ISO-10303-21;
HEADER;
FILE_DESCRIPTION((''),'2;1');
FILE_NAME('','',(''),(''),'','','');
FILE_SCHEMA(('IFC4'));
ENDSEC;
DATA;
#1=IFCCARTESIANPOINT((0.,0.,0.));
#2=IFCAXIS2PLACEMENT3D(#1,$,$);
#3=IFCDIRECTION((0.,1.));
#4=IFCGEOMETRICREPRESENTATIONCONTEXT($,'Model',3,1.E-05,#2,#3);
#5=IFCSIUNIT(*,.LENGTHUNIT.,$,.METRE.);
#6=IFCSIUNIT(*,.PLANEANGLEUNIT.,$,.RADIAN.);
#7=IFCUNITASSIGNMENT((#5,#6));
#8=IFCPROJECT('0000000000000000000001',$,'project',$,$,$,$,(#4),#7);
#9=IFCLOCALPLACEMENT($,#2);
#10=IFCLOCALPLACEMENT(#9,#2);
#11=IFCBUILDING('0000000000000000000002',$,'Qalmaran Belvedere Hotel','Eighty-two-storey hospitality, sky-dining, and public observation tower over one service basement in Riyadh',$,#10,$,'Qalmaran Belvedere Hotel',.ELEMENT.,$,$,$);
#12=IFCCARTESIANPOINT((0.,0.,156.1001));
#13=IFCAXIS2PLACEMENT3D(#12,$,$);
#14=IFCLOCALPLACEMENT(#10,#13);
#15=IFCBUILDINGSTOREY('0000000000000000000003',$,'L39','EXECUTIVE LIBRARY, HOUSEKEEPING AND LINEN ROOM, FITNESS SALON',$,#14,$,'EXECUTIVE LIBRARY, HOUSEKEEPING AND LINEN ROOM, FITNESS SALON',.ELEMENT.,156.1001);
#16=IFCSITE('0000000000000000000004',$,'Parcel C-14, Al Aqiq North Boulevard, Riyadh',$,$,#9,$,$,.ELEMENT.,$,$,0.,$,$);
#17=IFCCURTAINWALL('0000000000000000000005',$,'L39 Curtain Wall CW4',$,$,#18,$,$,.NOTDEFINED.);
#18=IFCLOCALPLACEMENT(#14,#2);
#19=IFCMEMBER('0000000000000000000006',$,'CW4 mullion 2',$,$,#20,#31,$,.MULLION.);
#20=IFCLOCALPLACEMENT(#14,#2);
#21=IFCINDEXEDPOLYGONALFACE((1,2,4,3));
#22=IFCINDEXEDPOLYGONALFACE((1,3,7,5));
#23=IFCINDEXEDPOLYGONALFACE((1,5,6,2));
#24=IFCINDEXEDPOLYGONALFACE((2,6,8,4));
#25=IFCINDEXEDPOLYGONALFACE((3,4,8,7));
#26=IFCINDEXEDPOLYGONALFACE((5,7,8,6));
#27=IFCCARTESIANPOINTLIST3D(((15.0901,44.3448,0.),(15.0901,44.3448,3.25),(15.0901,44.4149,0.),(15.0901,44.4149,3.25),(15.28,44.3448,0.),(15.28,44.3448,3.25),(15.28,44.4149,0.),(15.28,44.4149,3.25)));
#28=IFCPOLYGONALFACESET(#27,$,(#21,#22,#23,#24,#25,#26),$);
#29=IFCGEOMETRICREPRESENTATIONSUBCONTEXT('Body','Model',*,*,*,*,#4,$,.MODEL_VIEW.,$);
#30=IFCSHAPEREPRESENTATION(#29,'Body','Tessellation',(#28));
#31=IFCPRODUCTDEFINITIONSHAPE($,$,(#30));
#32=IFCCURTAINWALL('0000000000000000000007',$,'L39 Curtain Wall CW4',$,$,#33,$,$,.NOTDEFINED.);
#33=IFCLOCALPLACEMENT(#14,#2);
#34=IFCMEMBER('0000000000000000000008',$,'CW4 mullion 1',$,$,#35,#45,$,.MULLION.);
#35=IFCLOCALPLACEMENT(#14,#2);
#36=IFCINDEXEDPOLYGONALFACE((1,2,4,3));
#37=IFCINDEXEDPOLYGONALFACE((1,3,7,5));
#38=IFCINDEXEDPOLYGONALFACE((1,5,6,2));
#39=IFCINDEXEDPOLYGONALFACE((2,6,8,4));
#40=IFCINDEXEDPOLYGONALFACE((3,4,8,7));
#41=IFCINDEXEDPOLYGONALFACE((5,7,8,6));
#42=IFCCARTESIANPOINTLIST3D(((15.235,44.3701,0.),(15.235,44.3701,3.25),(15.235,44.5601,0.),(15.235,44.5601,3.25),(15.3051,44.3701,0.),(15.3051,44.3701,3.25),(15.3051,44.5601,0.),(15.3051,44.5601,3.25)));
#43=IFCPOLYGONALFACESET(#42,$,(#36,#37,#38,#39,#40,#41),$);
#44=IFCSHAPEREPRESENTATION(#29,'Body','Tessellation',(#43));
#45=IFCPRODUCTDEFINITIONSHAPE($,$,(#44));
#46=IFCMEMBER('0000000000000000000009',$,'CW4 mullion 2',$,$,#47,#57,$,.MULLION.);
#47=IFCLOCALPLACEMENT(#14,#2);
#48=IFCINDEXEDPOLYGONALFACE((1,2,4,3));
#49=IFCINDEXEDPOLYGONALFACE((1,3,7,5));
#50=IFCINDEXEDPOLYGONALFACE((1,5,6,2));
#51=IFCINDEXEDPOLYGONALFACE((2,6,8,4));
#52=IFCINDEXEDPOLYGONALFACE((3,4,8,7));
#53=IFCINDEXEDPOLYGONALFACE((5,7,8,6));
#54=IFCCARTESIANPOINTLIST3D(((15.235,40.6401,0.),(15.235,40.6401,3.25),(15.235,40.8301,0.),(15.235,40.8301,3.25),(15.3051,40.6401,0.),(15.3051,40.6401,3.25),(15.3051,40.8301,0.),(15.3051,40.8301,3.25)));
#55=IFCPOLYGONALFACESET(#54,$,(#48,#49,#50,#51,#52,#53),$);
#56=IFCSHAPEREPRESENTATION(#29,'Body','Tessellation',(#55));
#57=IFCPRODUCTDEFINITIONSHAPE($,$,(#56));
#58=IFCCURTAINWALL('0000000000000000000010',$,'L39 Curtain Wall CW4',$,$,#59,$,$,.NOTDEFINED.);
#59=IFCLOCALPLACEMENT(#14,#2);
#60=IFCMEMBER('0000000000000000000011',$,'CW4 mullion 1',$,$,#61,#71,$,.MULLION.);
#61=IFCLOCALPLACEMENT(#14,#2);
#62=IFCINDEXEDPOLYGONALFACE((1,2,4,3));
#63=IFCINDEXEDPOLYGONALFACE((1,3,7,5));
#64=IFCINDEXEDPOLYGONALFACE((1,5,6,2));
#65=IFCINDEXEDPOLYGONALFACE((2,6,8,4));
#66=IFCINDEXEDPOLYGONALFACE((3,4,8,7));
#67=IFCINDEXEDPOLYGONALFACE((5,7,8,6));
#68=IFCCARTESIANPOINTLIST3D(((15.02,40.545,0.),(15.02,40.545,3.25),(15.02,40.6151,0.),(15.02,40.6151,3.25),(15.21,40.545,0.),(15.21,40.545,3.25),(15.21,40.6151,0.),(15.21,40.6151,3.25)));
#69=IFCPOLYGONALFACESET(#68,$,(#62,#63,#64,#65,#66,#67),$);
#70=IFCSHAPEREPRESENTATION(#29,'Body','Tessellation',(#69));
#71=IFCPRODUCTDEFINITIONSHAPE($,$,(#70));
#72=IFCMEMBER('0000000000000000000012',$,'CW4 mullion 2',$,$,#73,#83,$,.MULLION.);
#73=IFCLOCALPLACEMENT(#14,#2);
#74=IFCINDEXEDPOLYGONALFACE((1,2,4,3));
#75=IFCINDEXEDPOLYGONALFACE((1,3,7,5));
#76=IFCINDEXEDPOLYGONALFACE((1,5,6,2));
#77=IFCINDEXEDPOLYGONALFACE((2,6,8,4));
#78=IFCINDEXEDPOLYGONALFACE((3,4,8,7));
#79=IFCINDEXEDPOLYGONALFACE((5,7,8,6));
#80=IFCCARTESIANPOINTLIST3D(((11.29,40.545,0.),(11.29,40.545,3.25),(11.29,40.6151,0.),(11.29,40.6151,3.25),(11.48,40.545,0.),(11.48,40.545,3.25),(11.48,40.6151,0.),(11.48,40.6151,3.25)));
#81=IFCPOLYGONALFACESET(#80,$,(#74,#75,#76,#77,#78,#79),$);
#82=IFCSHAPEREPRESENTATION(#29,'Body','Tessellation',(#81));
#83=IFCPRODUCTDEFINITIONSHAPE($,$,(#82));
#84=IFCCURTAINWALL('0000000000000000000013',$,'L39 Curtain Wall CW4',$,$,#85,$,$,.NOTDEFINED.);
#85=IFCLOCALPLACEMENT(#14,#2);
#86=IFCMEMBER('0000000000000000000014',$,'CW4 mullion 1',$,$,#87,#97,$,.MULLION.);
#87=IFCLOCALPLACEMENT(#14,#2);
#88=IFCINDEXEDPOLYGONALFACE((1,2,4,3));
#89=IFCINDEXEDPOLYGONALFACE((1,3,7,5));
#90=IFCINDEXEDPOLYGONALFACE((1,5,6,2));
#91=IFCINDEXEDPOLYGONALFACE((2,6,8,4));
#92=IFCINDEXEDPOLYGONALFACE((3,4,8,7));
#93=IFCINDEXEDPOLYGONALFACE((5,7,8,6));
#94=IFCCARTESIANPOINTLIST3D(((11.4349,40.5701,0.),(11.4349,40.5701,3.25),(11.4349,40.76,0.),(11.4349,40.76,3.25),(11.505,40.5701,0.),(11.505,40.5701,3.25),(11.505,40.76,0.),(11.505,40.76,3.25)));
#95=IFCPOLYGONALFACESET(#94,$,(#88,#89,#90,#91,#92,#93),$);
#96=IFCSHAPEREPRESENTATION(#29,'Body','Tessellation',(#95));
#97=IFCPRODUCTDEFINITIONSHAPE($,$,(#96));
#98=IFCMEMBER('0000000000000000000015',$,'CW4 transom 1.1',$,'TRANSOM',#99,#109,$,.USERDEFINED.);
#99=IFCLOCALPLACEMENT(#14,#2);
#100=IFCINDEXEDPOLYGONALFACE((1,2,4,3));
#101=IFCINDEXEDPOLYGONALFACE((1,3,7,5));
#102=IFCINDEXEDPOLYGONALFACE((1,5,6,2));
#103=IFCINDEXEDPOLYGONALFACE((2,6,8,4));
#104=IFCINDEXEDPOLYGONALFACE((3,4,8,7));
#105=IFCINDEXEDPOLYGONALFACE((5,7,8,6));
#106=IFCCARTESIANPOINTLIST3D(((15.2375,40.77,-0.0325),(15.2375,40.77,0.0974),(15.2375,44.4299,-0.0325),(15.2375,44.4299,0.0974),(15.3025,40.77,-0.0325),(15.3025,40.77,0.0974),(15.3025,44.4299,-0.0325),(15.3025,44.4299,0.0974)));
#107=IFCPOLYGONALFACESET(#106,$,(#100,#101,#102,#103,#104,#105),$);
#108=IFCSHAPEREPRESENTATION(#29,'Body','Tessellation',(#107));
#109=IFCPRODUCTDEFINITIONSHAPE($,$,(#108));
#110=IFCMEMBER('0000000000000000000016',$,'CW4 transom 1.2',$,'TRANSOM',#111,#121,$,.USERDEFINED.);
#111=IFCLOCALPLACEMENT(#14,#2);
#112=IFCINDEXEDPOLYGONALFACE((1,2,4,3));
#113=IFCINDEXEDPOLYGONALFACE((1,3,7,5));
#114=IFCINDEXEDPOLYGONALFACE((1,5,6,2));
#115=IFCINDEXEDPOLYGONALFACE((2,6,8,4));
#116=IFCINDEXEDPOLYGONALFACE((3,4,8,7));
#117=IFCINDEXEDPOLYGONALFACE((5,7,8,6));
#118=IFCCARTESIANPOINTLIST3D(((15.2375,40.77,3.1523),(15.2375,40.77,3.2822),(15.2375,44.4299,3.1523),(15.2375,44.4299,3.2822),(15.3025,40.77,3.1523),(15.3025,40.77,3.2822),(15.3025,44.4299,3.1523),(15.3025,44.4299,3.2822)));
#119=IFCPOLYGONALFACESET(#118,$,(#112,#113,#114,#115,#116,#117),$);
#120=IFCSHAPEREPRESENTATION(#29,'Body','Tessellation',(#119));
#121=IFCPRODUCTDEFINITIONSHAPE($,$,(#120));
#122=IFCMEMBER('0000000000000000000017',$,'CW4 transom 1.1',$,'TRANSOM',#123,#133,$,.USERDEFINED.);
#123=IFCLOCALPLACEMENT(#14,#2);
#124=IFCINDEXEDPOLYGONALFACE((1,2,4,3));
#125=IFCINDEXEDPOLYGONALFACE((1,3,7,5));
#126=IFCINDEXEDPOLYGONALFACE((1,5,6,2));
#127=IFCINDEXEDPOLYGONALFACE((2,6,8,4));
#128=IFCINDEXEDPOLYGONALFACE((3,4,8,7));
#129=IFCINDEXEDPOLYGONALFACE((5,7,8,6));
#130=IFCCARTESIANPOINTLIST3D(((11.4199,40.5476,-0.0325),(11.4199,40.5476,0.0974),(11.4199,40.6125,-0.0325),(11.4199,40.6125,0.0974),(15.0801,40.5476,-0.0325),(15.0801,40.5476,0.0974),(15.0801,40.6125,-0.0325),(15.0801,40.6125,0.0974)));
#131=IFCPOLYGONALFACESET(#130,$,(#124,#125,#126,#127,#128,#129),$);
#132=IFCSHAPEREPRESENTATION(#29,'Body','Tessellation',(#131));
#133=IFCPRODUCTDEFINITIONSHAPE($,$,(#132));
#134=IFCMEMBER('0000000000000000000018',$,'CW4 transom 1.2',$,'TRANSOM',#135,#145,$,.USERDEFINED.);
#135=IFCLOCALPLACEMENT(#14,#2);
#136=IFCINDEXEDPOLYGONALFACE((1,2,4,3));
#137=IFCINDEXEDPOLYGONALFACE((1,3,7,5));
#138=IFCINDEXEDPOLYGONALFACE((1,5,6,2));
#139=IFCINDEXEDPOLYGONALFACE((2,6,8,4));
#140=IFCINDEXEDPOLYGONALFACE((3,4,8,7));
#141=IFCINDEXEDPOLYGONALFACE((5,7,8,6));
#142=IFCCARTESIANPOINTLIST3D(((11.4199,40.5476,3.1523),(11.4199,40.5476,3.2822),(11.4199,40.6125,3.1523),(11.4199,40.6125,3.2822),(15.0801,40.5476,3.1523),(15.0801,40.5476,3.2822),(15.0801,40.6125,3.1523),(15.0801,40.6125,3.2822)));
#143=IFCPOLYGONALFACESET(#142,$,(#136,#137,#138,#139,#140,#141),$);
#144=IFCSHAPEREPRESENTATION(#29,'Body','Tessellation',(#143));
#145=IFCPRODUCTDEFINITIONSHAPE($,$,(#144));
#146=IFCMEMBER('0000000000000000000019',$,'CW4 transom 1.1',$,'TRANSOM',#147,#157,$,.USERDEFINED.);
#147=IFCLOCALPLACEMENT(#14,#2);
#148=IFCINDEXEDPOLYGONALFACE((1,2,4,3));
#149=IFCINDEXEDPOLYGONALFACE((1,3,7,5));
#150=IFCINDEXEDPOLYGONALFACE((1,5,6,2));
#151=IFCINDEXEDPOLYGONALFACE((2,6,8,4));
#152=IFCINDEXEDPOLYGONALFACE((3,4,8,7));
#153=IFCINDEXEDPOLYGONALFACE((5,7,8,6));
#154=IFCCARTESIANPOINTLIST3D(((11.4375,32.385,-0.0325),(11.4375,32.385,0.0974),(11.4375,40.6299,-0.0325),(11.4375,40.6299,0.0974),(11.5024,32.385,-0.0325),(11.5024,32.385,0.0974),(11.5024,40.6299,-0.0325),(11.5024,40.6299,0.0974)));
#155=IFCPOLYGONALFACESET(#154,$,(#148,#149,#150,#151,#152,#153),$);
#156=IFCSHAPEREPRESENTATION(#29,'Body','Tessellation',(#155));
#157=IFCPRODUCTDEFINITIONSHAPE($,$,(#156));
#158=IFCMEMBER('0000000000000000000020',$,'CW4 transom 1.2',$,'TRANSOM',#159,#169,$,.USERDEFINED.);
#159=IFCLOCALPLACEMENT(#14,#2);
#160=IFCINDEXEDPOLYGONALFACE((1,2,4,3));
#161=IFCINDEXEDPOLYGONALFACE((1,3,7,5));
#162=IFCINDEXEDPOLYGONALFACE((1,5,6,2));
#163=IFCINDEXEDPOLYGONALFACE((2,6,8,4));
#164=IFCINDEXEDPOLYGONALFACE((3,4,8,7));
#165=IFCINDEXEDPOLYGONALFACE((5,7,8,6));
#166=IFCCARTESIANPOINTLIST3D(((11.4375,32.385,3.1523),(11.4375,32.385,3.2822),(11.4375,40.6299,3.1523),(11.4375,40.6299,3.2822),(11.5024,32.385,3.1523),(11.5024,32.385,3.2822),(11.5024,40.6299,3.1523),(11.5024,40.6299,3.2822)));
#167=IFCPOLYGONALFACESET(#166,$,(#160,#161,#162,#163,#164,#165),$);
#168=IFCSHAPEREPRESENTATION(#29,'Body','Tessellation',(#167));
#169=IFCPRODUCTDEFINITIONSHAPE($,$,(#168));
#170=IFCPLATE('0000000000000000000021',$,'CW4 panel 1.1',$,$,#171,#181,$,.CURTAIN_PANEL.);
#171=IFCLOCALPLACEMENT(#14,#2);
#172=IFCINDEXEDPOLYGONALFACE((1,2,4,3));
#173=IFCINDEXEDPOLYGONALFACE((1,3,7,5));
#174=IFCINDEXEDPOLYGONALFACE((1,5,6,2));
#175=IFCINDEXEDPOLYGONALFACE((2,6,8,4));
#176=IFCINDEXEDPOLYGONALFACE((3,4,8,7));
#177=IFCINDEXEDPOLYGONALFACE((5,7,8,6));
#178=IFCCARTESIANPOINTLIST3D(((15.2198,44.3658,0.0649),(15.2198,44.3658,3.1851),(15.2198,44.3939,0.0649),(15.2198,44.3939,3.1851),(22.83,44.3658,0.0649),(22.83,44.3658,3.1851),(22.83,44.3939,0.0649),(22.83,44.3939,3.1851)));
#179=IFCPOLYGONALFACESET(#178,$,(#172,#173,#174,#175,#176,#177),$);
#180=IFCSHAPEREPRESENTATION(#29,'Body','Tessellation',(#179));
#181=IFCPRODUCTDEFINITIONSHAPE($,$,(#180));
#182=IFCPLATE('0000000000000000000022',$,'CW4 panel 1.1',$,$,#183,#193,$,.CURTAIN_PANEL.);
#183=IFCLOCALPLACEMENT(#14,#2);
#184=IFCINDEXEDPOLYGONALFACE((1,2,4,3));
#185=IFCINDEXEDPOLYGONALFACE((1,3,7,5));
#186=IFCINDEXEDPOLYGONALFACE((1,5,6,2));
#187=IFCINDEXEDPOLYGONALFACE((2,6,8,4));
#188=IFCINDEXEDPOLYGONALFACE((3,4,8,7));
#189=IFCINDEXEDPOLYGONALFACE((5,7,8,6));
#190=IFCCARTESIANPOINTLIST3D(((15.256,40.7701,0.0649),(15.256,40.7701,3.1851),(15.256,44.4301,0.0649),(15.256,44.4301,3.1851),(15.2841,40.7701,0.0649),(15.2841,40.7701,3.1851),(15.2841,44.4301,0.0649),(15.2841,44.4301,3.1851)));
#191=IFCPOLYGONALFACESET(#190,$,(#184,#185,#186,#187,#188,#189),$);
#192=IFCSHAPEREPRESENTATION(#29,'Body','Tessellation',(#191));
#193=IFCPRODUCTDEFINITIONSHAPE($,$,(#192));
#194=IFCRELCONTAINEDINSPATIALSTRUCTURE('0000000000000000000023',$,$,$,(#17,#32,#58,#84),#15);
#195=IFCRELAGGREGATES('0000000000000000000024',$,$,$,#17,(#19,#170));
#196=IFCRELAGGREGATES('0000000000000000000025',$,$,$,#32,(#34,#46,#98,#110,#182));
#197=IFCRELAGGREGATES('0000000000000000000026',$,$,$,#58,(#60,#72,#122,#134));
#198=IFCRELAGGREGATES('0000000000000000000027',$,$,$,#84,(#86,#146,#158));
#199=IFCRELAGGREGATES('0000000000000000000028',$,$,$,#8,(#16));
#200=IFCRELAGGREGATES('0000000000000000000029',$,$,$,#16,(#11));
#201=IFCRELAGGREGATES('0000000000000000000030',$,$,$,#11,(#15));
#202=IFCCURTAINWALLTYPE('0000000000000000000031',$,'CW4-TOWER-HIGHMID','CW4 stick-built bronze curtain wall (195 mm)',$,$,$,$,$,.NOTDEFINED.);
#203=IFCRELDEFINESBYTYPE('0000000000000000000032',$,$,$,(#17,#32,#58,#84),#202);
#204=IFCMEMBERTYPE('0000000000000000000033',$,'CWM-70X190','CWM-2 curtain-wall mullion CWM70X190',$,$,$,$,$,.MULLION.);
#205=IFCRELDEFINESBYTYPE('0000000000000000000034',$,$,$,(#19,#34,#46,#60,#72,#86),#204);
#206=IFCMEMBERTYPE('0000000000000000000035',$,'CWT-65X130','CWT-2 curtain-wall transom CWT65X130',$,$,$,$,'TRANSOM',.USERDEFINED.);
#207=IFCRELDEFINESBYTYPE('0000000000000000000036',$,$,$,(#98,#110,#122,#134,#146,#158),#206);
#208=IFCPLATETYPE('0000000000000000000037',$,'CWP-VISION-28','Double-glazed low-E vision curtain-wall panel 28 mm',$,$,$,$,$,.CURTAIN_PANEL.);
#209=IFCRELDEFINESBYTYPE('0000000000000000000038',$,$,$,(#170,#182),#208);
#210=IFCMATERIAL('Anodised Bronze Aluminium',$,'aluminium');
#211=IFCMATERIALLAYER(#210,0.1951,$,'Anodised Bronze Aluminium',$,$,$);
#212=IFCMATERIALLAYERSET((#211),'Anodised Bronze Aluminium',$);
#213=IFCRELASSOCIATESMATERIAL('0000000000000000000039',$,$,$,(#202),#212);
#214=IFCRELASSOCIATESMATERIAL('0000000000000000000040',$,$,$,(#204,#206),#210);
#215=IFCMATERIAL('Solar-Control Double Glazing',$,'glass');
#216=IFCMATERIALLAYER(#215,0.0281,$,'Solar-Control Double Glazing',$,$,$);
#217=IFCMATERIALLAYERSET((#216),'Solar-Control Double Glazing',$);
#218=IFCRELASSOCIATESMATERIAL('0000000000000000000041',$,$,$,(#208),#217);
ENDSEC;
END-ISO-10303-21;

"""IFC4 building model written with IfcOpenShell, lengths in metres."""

from ifc_helpers import new_model, si_unit, direction, frame, origin, origin_2d, place, context, subcontext, project, spatial, rectangle, extrude, material, layer, layer_set, material_profile, profile_set, type_object, element, aggregate, save


model = new_model("IFC4")

# Units and contexts
model_context = context("Model", 3, precision=1e-05, world=origin(), true_north=direction((0.0, 1.0)))
body_context = subcontext(model_context, "Body", "Model", "MODEL_VIEW")
ifc_project = project(units=[si_unit("LENGTHUNIT", "METRE"), si_unit("PLANEANGLEUNIT", "RADIAN")], contexts=[model_context])

# Site, building, storey
site_placement = place(None, origin())
site = spatial("IfcSite", under=ifc_project, at=site_placement, Name="Parcel C-14, Al Aqiq North Boulevard, Riyadh", CompositionType="ELEMENT", RefElevation=0.0)
building_placement = place(site_placement, origin())
building = spatial("IfcBuilding", under=site, at=building_placement, Name="Qalmaran Belvedere Hotel", Description="Eighty-two-storey hospitality, sky-dining, and public observation tower over one service basement in Riyadh", LongName="Qalmaran Belvedere Hotel", CompositionType="ELEMENT")
storey_placement = place(building_placement, frame((0.0, 0.0, 156.1001)))
storey = spatial("IfcBuildingStorey", under=building, at=storey_placement, Name="L39", Description="EXECUTIVE LIBRARY, HOUSEKEEPING AND LINEN ROOM, FITNESS SALON", LongName="EXECUTIVE LIBRARY, HOUSEKEEPING AND LINEN ROOM, FITNESS SALON", CompositionType="ELEMENT", Elevation=156.1001)

# Curtain wall, member
ifc_material_1 = material(Name="Anodised Bronze Aluminium", Category="aluminium")
ifc_layer_1 = layer(ifc_material_1, 0.1951, Name="Anodised Bronze Aluminium")
ifc_layer_set_1 = layer_set([ifc_layer_1], Name="Anodised Bronze Aluminium")
curtain_wall_type = type_object("IfcCurtainWallType", Name="CW4-TOWER-HIGHMID", Description="CW4 stick-built bronze curtain wall (195 mm)", PredefinedType="NOTDEFINED", material=ifc_layer_set_1)
curtain_wall_1_placement = place(storey_placement, origin())
curtain_wall_1 = element("IfcCurtainWall", 1, at=curtain_wall_1_placement, inside=storey, type_object=curtain_wall_type, Name="L39 Curtain Wall CW4", PredefinedType="NOTDEFINED")
ifc_material_profile_1 = material_profile(ifc_material_1, rectangle(XDim=0.0701, YDim=0.1899, at=origin_2d()), Name="CWM70X190")
ifc_profile_set_1 = profile_set([ifc_material_profile_1], Name="Anodised Bronze Aluminium")
member_type_1 = type_object("IfcMemberType", Name="CWM-70X190", Description="CWM-2 curtain-wall mullion CWM70X190", PredefinedType="MULLION", material=ifc_profile_set_1)
member_1_placement = place(storey_placement, frame((15.1851, 44.3799, 0.0), z_axis=(0.0, 0.0, 1.0), x_axis=(0.0, -1.0, 0.0)))
member_1 = element("IfcMember", 2, at=member_1_placement, type_object=member_type_1, Name="CW4 mullion 2", PredefinedType="MULLION", context=body_context, shape_type="SweptSolid", body=[
    extrude(rectangle(XDim=0.0701, YDim=0.1899, at=origin_2d()), origin(), (0.0, 0.0, 1.0), 3.25),
])

# Curtain walls, members
curtain_wall_2_placement = place(storey_placement, origin())
curtain_wall_2 = element("IfcCurtainWall", 3, at=curtain_wall_2_placement, inside=storey, type_object=curtain_wall_type, Name="L39 Curtain Wall CW4", PredefinedType="NOTDEFINED")
member_2_placement = place(storey_placement, frame((15.27, 44.4651, 0.0), z_axis=(0.0, 0.0, 1.0), x_axis=(1.0, 0.0, 0.0)))
member_2 = element("IfcMember", 4, at=member_2_placement, type_object=member_type_1, Name="CW4 mullion 1", PredefinedType="MULLION", context=body_context, shape_type="SweptSolid", body=[
    extrude(rectangle(XDim=0.0701, YDim=0.1899, at=origin_2d()), origin(), (0.0, 0.0, 1.0), 3.25),
])
member_3_placement = place(storey_placement, frame((15.27, 40.7351, 0.0), z_axis=(0.0, 0.0, 1.0), x_axis=(1.0, 0.0, 0.0)))
member_3 = element("IfcMember", 5, at=member_3_placement, type_object=member_type_1, Name="CW4 mullion 2", PredefinedType="MULLION", context=body_context, shape_type="SweptSolid", body=[
    extrude(rectangle(XDim=0.0701, YDim=0.1899, at=origin_2d()), origin(), (0.0, 0.0, 1.0), 3.25),
])
curtain_wall_3_placement = place(storey_placement, origin())
curtain_wall_3 = element("IfcCurtainWall", 6, at=curtain_wall_3_placement, inside=storey, type_object=curtain_wall_type, Name="L39 Curtain Wall CW4", PredefinedType="NOTDEFINED")
member_4_placement = place(storey_placement, frame((15.115, 40.5801, 0.0), z_axis=(0.0, 0.0, 1.0), x_axis=(0.0, -1.0, 0.0)))
member_4 = element("IfcMember", 7, at=member_4_placement, type_object=member_type_1, Name="CW4 mullion 1", PredefinedType="MULLION", context=body_context, shape_type="SweptSolid", body=[
    extrude(rectangle(XDim=0.0701, YDim=0.1899, at=origin_2d()), origin(), (0.0, 0.0, 1.0), 3.25),
])
member_5_placement = place(storey_placement, frame((11.385, 40.5801, 0.0), z_axis=(0.0, 0.0, 1.0), x_axis=(0.0, -1.0, 0.0)))
member_5 = element("IfcMember", 8, at=member_5_placement, type_object=member_type_1, Name="CW4 mullion 2", PredefinedType="MULLION", context=body_context, shape_type="SweptSolid", body=[
    extrude(rectangle(XDim=0.0701, YDim=0.1899, at=origin_2d()), origin(), (0.0, 0.0, 1.0), 3.25),
])

# Curtain wall, member
curtain_wall_4_placement = place(storey_placement, origin())
curtain_wall_4 = element("IfcCurtainWall", 9, at=curtain_wall_4_placement, inside=storey, type_object=curtain_wall_type, Name="L39 Curtain Wall CW4", PredefinedType="NOTDEFINED")
member_6_placement = place(storey_placement, frame((11.47, 40.665, 0.0), z_axis=(0.0, 0.0, 1.0), x_axis=(1.0, 0.0, 0.0)))
member_6 = element("IfcMember", 10, at=member_6_placement, type_object=member_type_1, Name="CW4 mullion 1", PredefinedType="MULLION", context=body_context, shape_type="SweptSolid", body=[
    extrude(rectangle(XDim=0.0701, YDim=0.1899, at=origin_2d()), origin(), (0.0, 0.0, 1.0), 3.25),
])

# Members
ifc_material_profile_2 = material_profile(ifc_material_1, rectangle(XDim=0.0649, YDim=0.1299, at=origin_2d()), Name="CWT65X130")
ifc_profile_set_2 = profile_set([ifc_material_profile_2], Name="Anodised Bronze Aluminium")
member_type_2 = type_object("IfcMemberType", Name="CWT-65X130", Description="CWT-2 curtain-wall transom CWT65X130", ElementType="TRANSOM", PredefinedType="USERDEFINED", material=ifc_profile_set_2)
member_7_placement = place(storey_placement, frame((15.27, 44.4299, 0.0325), z_axis=(0.0, -1.0, 0.0), x_axis=(1.0, 0.0, 0.0)))
member_7 = element("IfcMember", 11, at=member_7_placement, type_object=member_type_2, Name="CW4 transom 1.1", ObjectType="TRANSOM", PredefinedType="USERDEFINED", context=body_context, shape_type="SweptSolid", body=[
    extrude(rectangle(XDim=0.0649, YDim=0.1299, at=origin_2d()), origin(), (0.0, 0.0, 1.0), 3.6599),
])
member_8_placement = place(storey_placement, frame((15.27, 44.4299, 3.2173), z_axis=(0.0, -1.0, 0.0), x_axis=(1.0, 0.0, 0.0)))
member_8 = element("IfcMember", 12, at=member_8_placement, type_object=member_type_2, Name="CW4 transom 1.2", ObjectType="TRANSOM", PredefinedType="USERDEFINED", context=body_context, shape_type="SweptSolid", body=[
    extrude(rectangle(XDim=0.0649, YDim=0.1299, at=origin_2d()), origin(), (0.0, 0.0, 1.0), 3.6599),
])
member_9_placement = place(storey_placement, frame((15.0801, 40.5801, 0.0325), z_axis=(-1.0, 0.0, 0.0), x_axis=(0.0, -1.0, 0.0)))
member_9 = element("IfcMember", 13, at=member_9_placement, type_object=member_type_2, Name="CW4 transom 1.1", ObjectType="TRANSOM", PredefinedType="USERDEFINED", context=body_context, shape_type="SweptSolid", body=[
    extrude(rectangle(XDim=0.0649, YDim=0.1299, at=origin_2d()), origin(), (0.0, 0.0, 1.0), 3.6602),
])
member_10_placement = place(storey_placement, frame((15.0801, 40.5801, 3.2173), z_axis=(-1.0, 0.0, 0.0), x_axis=(0.0, -1.0, 0.0)))
member_10 = element("IfcMember", 14, at=member_10_placement, type_object=member_type_2, Name="CW4 transom 1.2", ObjectType="TRANSOM", PredefinedType="USERDEFINED", context=body_context, shape_type="SweptSolid", body=[
    extrude(rectangle(XDim=0.0649, YDim=0.1299, at=origin_2d()), origin(), (0.0, 0.0, 1.0), 3.6602),
])
member_11_placement = place(storey_placement, frame((11.47, 40.6299, 0.0325), z_axis=(0.0, -1.0, 0.0), x_axis=(1.0, 0.0, 0.0)))
member_11 = element("IfcMember", 15, at=member_11_placement, type_object=member_type_2, Name="CW4 transom 1.1", ObjectType="TRANSOM", PredefinedType="USERDEFINED", context=body_context, shape_type="SweptSolid", body=[
    extrude(rectangle(XDim=0.0649, YDim=0.1299, at=origin_2d()), origin(), (0.0, 0.0, 1.0), 8.2449),
])
member_12_placement = place(storey_placement, frame((11.47, 40.6299, 3.2173), z_axis=(0.0, -1.0, 0.0), x_axis=(1.0, 0.0, 0.0)))
member_12 = element("IfcMember", 16, at=member_12_placement, type_object=member_type_2, Name="CW4 transom 1.2", ObjectType="TRANSOM", PredefinedType="USERDEFINED", context=body_context, shape_type="SweptSolid", body=[
    extrude(rectangle(XDim=0.0649, YDim=0.1299, at=origin_2d()), origin(), (0.0, 0.0, 1.0), 8.2449),
])

# Plates
ifc_material_2 = material(Name="Solar-Control Double Glazing", Category="glass")
ifc_layer_2 = layer(ifc_material_2, 0.0281, Name="Solar-Control Double Glazing")
ifc_layer_set_2 = layer_set([ifc_layer_2], Name="Solar-Control Double Glazing")
plate_type = type_object("IfcPlateType", Name="CWP-VISION-28", Description="Double-glazed low-E vision curtain-wall panel 28 mm", PredefinedType="CURTAIN_PANEL", material=ifc_layer_set_2)
plate_1_placement = place(storey_placement, frame((19.0249, 44.3799, 0.0649), z_axis=(0.0, 0.0, 1.0), x_axis=(-1.0, 0.0, 0.0)))
plate_1 = element("IfcPlate", 17, at=plate_1_placement, type_object=plate_type, Name="CW4 panel 1.1", PredefinedType="CURTAIN_PANEL", context=body_context, shape_type="SweptSolid", body=[
    extrude(rectangle(XDim=7.6101, YDim=0.0281, at=origin_2d()), origin(), (0.0, 0.0, 1.0), 3.1201),
])
aggregate(curtain_wall_1, [member_1, plate_1])
plate_2_placement = place(storey_placement, frame((15.27, 42.6001, 0.0649), z_axis=(0.0, 0.0, 1.0), x_axis=(0.0, -1.0, 0.0)))
plate_2 = element("IfcPlate", 18, at=plate_2_placement, type_object=plate_type, Name="CW4 panel 1.1", PredefinedType="CURTAIN_PANEL", context=body_context, shape_type="SweptSolid", body=[
    extrude(rectangle(XDim=3.6599, YDim=0.0281, at=origin_2d()), origin(), (0.0, 0.0, 1.0), 3.1201),
])
aggregate(curtain_wall_2, [member_2, member_3, member_7, member_8, plate_2])
aggregate(curtain_wall_3, [member_4, member_5, member_9, member_10])
aggregate(curtain_wall_4, [member_6, member_11, member_12])

save(model, "model.ifc")
